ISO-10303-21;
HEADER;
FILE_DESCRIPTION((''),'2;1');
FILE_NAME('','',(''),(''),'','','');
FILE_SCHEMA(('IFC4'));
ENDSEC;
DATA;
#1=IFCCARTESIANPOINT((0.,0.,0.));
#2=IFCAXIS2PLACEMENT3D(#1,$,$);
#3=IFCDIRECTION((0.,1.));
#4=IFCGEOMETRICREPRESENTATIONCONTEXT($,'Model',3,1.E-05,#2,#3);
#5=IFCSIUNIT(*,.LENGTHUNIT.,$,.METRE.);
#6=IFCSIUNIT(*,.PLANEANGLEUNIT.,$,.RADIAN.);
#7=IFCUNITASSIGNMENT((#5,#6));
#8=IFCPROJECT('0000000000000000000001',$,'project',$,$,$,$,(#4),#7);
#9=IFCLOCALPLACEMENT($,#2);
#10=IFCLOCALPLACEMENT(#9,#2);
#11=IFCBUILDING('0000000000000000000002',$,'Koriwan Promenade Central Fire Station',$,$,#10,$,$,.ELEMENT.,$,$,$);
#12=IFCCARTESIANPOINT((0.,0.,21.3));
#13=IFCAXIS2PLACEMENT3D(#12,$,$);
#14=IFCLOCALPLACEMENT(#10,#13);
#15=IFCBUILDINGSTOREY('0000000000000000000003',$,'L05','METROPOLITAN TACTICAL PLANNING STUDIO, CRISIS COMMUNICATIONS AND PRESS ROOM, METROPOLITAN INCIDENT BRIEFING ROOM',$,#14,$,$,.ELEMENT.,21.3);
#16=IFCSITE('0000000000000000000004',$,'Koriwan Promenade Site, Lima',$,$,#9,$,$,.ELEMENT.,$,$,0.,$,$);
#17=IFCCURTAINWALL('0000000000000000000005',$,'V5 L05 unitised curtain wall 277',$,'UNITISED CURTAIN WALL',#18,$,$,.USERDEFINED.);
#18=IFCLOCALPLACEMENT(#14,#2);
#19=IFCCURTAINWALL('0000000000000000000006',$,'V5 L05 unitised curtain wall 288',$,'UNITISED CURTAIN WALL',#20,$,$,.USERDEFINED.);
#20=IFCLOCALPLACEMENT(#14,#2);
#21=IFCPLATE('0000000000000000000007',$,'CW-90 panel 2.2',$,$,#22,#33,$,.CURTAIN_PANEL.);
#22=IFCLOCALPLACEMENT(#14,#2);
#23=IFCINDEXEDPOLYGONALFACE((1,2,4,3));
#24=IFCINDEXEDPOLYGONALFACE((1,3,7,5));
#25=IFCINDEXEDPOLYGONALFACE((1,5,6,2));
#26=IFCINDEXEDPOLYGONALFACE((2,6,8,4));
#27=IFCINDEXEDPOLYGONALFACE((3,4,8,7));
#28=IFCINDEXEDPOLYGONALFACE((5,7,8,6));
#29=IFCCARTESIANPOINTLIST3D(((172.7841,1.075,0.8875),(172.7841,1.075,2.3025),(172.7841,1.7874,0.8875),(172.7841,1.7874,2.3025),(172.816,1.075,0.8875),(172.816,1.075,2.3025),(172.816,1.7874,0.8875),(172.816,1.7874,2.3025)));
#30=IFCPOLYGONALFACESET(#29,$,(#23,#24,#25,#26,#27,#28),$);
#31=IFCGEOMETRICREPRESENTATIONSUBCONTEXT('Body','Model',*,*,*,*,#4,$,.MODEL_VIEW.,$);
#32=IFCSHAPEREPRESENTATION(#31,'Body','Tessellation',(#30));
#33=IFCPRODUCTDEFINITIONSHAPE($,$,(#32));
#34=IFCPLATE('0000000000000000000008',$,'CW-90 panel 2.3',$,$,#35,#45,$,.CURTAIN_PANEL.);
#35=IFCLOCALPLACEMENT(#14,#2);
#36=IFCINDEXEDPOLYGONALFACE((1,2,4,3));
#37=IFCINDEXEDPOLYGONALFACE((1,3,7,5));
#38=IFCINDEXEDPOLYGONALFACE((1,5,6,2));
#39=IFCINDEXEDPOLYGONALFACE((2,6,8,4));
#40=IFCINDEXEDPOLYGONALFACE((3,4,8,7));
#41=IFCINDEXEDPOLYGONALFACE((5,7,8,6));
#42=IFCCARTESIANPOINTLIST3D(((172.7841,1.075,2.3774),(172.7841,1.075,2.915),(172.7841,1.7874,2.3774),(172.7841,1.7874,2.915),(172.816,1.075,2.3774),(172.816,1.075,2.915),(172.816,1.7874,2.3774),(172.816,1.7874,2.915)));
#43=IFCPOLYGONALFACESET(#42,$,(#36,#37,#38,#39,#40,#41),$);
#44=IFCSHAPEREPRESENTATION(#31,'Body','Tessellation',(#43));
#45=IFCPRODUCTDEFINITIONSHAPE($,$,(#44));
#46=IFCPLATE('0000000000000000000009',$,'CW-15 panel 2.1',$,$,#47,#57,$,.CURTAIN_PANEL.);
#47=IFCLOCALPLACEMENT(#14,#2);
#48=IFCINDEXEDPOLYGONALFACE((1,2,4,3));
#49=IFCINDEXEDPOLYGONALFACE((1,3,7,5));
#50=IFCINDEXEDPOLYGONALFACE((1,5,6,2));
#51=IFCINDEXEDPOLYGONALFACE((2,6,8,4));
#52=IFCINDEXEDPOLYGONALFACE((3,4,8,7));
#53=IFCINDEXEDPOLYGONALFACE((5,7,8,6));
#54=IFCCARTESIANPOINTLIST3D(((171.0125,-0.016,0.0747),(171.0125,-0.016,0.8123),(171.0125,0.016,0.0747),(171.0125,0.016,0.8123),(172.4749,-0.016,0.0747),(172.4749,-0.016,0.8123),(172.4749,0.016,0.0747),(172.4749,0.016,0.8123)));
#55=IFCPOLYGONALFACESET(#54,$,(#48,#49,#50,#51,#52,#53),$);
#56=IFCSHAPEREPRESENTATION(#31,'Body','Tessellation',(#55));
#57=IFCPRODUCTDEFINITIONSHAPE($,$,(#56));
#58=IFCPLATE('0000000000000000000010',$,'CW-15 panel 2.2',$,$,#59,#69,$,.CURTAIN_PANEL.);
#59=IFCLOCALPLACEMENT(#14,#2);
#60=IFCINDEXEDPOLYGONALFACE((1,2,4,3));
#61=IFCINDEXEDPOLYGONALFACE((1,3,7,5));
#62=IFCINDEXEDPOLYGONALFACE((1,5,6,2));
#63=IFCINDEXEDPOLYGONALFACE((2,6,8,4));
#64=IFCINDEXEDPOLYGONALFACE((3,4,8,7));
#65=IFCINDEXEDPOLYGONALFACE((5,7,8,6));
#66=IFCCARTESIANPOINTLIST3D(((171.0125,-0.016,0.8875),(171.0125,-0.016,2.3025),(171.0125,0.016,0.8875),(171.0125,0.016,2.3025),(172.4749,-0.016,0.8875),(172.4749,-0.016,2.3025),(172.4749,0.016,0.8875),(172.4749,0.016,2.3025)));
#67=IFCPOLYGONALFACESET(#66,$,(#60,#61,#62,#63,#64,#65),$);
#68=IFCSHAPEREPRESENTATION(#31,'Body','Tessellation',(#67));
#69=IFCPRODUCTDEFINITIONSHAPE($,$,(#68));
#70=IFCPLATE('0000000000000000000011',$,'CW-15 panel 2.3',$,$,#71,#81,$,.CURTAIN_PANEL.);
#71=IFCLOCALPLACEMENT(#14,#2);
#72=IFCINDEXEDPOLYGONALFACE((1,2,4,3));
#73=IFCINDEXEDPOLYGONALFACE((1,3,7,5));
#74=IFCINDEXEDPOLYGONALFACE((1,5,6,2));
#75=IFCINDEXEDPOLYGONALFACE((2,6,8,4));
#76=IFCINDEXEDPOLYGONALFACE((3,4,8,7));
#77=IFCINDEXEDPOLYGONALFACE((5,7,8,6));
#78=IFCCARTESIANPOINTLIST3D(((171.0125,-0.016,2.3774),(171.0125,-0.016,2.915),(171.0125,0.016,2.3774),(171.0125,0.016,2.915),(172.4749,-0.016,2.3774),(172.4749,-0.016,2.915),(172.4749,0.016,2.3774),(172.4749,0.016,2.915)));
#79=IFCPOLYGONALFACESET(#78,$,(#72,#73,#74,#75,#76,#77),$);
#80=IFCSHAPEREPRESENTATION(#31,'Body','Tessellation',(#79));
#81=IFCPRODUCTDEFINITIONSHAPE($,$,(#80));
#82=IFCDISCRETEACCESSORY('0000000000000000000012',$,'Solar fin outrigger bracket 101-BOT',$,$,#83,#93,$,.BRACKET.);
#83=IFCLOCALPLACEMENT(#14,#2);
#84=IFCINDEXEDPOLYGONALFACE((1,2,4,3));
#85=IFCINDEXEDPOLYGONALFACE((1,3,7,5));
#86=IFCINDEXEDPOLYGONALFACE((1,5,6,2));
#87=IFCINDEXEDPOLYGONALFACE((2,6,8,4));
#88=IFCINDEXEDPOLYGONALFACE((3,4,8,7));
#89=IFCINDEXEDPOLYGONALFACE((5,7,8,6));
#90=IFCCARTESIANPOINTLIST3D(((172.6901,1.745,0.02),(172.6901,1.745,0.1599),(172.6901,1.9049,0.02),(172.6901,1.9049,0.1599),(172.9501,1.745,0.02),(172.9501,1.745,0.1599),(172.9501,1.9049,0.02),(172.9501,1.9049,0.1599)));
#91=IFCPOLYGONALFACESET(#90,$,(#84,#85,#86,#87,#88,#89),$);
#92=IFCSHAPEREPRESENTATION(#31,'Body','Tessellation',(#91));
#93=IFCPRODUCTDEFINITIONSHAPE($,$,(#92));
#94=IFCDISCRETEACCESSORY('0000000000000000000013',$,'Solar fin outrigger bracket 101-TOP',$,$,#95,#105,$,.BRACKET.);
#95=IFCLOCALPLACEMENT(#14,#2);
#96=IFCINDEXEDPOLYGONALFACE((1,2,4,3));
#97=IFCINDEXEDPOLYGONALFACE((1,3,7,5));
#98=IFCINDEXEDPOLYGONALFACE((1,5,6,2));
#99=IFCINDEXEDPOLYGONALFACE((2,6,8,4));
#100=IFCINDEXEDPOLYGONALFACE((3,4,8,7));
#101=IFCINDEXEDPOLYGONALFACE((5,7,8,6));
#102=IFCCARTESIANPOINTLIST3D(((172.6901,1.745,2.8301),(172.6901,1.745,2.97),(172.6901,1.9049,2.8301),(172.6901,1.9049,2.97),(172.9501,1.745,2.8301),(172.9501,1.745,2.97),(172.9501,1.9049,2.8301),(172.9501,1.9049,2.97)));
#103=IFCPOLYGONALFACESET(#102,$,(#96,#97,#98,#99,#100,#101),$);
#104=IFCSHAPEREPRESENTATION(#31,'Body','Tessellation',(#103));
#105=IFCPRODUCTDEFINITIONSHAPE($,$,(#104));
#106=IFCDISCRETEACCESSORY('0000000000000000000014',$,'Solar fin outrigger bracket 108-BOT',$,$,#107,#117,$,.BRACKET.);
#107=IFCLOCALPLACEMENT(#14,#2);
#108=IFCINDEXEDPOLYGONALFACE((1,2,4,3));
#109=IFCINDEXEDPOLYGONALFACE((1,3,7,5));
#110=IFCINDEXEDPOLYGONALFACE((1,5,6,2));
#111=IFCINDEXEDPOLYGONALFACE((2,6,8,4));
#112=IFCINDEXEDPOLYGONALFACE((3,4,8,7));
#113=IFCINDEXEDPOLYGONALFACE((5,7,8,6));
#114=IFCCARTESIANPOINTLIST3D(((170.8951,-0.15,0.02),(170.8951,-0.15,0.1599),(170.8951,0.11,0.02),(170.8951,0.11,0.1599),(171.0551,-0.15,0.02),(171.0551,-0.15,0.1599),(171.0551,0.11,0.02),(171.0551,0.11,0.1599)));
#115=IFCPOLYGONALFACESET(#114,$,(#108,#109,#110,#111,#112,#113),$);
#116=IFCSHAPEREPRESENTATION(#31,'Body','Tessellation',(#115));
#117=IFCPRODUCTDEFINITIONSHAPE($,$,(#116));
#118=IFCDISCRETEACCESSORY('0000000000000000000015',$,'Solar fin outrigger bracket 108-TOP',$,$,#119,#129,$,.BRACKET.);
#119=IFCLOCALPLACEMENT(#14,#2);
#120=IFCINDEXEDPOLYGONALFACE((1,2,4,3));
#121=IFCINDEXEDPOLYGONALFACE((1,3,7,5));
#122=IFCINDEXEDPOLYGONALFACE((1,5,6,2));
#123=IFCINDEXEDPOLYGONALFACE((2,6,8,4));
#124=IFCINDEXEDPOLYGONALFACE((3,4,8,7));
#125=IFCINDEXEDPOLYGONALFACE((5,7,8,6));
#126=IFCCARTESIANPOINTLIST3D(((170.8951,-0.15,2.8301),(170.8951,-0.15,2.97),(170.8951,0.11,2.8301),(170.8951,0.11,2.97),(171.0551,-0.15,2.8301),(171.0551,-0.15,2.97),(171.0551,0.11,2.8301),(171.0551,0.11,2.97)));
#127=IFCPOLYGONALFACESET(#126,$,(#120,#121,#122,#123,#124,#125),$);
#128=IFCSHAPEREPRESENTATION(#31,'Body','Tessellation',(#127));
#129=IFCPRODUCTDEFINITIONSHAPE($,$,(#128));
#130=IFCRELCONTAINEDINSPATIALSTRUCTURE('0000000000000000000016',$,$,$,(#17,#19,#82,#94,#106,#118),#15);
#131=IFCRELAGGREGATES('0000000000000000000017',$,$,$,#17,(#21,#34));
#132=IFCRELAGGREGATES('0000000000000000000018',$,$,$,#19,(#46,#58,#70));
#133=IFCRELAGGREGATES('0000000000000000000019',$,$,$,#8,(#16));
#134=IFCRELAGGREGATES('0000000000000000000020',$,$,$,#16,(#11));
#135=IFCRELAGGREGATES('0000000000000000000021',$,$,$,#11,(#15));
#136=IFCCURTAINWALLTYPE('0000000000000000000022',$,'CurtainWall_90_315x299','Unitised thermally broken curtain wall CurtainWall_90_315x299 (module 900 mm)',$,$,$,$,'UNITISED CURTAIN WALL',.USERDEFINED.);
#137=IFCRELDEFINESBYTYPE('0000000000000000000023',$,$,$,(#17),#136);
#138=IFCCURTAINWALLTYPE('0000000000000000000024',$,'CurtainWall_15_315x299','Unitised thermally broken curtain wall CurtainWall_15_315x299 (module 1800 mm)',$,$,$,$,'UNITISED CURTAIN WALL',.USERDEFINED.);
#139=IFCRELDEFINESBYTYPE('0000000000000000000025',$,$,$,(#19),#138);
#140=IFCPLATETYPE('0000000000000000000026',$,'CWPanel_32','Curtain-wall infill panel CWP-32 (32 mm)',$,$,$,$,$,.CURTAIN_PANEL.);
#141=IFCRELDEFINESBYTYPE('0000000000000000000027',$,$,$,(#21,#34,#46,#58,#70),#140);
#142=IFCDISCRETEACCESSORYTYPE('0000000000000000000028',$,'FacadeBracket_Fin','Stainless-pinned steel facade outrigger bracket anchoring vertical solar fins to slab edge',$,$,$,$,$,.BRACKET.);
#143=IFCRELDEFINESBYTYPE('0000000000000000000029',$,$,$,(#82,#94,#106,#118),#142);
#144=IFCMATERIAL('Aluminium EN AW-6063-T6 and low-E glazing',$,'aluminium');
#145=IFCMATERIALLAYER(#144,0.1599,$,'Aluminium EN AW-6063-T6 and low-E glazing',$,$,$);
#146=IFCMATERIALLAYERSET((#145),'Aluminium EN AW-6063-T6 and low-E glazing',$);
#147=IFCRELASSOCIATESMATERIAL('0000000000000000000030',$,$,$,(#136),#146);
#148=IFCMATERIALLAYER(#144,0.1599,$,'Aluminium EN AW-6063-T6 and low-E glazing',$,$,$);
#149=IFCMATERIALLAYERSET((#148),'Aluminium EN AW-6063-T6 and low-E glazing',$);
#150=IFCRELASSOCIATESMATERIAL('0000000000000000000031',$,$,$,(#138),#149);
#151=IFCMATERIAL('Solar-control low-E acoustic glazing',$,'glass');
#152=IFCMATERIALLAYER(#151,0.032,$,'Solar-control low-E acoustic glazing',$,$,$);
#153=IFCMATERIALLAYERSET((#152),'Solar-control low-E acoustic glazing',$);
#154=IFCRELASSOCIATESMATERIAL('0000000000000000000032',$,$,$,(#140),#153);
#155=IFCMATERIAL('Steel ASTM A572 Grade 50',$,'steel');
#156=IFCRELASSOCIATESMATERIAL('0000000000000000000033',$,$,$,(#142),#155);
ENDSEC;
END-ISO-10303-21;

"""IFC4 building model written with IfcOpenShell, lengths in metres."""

from ifc_helpers import new_model, si_unit, direction, frame, origin, origin_2d, place, context, subcontext, project, spatial, rectangle, extrude, material, layer, layer_set, type_object, element, aggregate, save


model = new_model("IFC4")

# Units and contexts
model_context = context("Model", 3, precision=1e-05, world=origin(), true_north=direction((0.0, 1.0)))
body_context = subcontext(model_context, "Body", "Model", "MODEL_VIEW")
ifc_project = project(units=[si_unit("LENGTHUNIT", "METRE"), si_unit("PLANEANGLEUNIT", "RADIAN")], contexts=[model_context])

# Site, building, storey
site_placement = place(None, origin())
site = spatial("IfcSite", under=ifc_project, at=site_placement, Name="Koriwan Promenade Site, Lima", CompositionType="ELEMENT", RefElevation=0.0)
building_placement = place(site_placement, origin())
building = spatial("IfcBuilding", under=site, at=building_placement, Name="Koriwan Promenade Central Fire Station", CompositionType="ELEMENT")
storey_placement = place(building_placement, frame((0.0, 0.0, 21.3)))
storey = spatial("IfcBuildingStorey", under=building, at=storey_placement, Name="L05", Description="METROPOLITAN TACTICAL PLANNING STUDIO, CRISIS COMMUNICATIONS AND PRESS ROOM, METROPOLITAN INCIDENT BRIEFING ROOM", CompositionType="ELEMENT", Elevation=21.3)

# Curtain walls
ifc_material_1 = material(Name="Aluminium EN AW-6063-T6 and low-E glazing", Category="aluminium")
ifc_layer_1 = layer(ifc_material_1, 0.1599, Name="Aluminium EN AW-6063-T6 and low-E glazing")
ifc_layer_set_1 = layer_set([ifc_layer_1], Name="Aluminium EN AW-6063-T6 and low-E glazing")
curtain_wall_type_1 = type_object("IfcCurtainWallType", Name="CurtainWall_90_315x299", Description="Unitised thermally broken curtain wall CurtainWall_90_315x299 (module 900 mm)", ElementType="UNITISED CURTAIN WALL", PredefinedType="USERDEFINED", material=ifc_layer_set_1)
curtain_wall_1_placement = place(storey_placement, origin())
curtain_wall_1 = element("IfcCurtainWall", 1, at=curtain_wall_1_placement, inside=storey, type_object=curtain_wall_type_1, Name="V5 L05 unitised curtain wall 277", ObjectType="UNITISED CURTAIN WALL", PredefinedType="USERDEFINED")
ifc_layer_2 = layer(ifc_material_1, 0.1599, Name="Aluminium EN AW-6063-T6 and low-E glazing")
ifc_layer_set_2 = layer_set([ifc_layer_2], Name="Aluminium EN AW-6063-T6 and low-E glazing")
curtain_wall_type_2 = type_object("IfcCurtainWallType", Name="CurtainWall_15_315x299", Description="Unitised thermally broken curtain wall CurtainWall_15_315x299 (module 1800 mm)", ElementType="UNITISED CURTAIN WALL", PredefinedType="USERDEFINED", material=ifc_layer_set_2)
curtain_wall_2_placement = place(storey_placement, origin())
curtain_wall_2 = element("IfcCurtainWall", 2, at=curtain_wall_2_placement, inside=storey, type_object=curtain_wall_type_2, Name="V5 L05 unitised curtain wall 288", ObjectType="UNITISED CURTAIN WALL", PredefinedType="USERDEFINED")

# Plates
ifc_material_2 = material(Name="Solar-control low-E acoustic glazing", Category="glass")
ifc_layer_3 = layer(ifc_material_2, 0.032, Name="Solar-control low-E acoustic glazing")
ifc_layer_set_3 = layer_set([ifc_layer_3], Name="Solar-control low-E acoustic glazing")
plate_type = type_object("IfcPlateType", Name="CWPanel_32", Description="Curtain-wall infill panel CWP-32 (32 mm)", PredefinedType="CURTAIN_PANEL", material=ifc_layer_set_3)
plate_1_placement = place(storey_placement, frame((172.8, 1.4312, 0.8875), z_axis=(0.0, 0.0, 1.0), x_axis=(0.0, 1.0, 0.0)))
plate_1 = element("IfcPlate", 3, at=plate_1_placement, type_object=plate_type, Name="CW-90 panel 2.2", PredefinedType="CURTAIN_PANEL", context=body_context, shape_type="SweptSolid", body=[
    extrude(rectangle(XDim=0.7124, YDim=0.032, at=origin_2d()), origin(), (0.0, 0.0, 1.0), 1.415),
])
plate_2_placement = place(storey_placement, frame((172.8, 1.4312, 2.3774), z_axis=(0.0, 0.0, 1.0), x_axis=(0.0, 1.0, 0.0)))
plate_2 = element("IfcPlate", 4, at=plate_2_placement, type_object=plate_type, Name="CW-90 panel 2.3", PredefinedType="CURTAIN_PANEL", context=body_context, shape_type="SweptSolid", body=[
    extrude(rectangle(XDim=0.7124, YDim=0.032, at=origin_2d()), origin(), (0.0, 0.0, 1.0), 0.5376),
])
aggregate(curtain_wall_1, [plate_1, plate_2])
plate_3_placement = place(storey_placement, frame((171.7437, 0.0, 0.0747), z_axis=(0.0, 0.0, 1.0), x_axis=(1.0, 0.0, 0.0)))
plate_3 = element("IfcPlate", 5, at=plate_3_placement, type_object=plate_type, Name="CW-15 panel 2.1", PredefinedType="CURTAIN_PANEL", context=body_context, shape_type="SweptSolid", body=[
    extrude(rectangle(XDim=1.4624, YDim=0.032, at=origin_2d()), origin(), (0.0, 0.0, 1.0), 0.7375),
])
plate_4_placement = place(storey_placement, frame((171.7437, 0.0, 0.8875), z_axis=(0.0, 0.0, 1.0), x_axis=(1.0, 0.0, 0.0)))
plate_4 = element("IfcPlate", 6, at=plate_4_placement, type_object=plate_type, Name="CW-15 panel 2.2", PredefinedType="CURTAIN_PANEL", context=body_context, shape_type="SweptSolid", body=[
    extrude(rectangle(XDim=1.4624, YDim=0.032, at=origin_2d()), origin(), (0.0, 0.0, 1.0), 1.415),
])
plate_5_placement = place(storey_placement, frame((171.7437, 0.0, 2.3774), z_axis=(0.0, 0.0, 1.0), x_axis=(1.0, 0.0, 0.0)))
plate_5 = element("IfcPlate", 7, at=plate_5_placement, type_object=plate_type, Name="CW-15 panel 2.3", PredefinedType="CURTAIN_PANEL", context=body_context, shape_type="SweptSolid", body=[
    extrude(rectangle(XDim=1.4624, YDim=0.032, at=origin_2d()), origin(), (0.0, 0.0, 1.0), 0.5376),
])
aggregate(curtain_wall_2, [plate_3, plate_4, plate_5])

# Discrete accessories
ifc_material_3 = material(Name="Steel ASTM A572 Grade 50", Category="steel")
discrete_accessory_type = type_object("IfcDiscreteAccessoryType", Name="FacadeBracket_Fin", Description="Stainless-pinned steel facade outrigger bracket anchoring vertical solar fins to slab edge", PredefinedType="BRACKET", material=ifc_material_3)
for number, where, z_axis, x_axis, name in (
    (8, (172.8201, 1.825, 0.02), (0.0, 0.0, 1.0), (1.0, 0.0, 0.0), "Solar fin outrigger bracket 101-BOT"),
    (9, (172.8201, 1.825, 2.8301), (0.0, 0.0, 1.0), (1.0, 0.0, 0.0), "Solar fin outrigger bracket 101-TOP"),
    (10, (170.9751, -0.02, 0.02), (0.0, 0.0, 1.0), (0.0, -1.0, 0.0), "Solar fin outrigger bracket 108-BOT"),
    (11, (170.9751, -0.02, 2.8301), (0.0, 0.0, 1.0), (0.0, -1.0, 0.0), "Solar fin outrigger bracket 108-TOP"),
):
    element("IfcDiscreteAccessory", number, at=place(storey_placement, frame(where, z_axis=z_axis, x_axis=x_axis)), inside=storey, type_object=discrete_accessory_type, Name=name, PredefinedType="BRACKET", context=body_context, shape_type="SweptSolid", body=[
        extrude(rectangle(XDim=0.26, YDim=0.1599, at=origin_2d()), origin(), (0.0, 0.0, 1.0), 0.1399),
    ])

save(model, "model.ifc")
